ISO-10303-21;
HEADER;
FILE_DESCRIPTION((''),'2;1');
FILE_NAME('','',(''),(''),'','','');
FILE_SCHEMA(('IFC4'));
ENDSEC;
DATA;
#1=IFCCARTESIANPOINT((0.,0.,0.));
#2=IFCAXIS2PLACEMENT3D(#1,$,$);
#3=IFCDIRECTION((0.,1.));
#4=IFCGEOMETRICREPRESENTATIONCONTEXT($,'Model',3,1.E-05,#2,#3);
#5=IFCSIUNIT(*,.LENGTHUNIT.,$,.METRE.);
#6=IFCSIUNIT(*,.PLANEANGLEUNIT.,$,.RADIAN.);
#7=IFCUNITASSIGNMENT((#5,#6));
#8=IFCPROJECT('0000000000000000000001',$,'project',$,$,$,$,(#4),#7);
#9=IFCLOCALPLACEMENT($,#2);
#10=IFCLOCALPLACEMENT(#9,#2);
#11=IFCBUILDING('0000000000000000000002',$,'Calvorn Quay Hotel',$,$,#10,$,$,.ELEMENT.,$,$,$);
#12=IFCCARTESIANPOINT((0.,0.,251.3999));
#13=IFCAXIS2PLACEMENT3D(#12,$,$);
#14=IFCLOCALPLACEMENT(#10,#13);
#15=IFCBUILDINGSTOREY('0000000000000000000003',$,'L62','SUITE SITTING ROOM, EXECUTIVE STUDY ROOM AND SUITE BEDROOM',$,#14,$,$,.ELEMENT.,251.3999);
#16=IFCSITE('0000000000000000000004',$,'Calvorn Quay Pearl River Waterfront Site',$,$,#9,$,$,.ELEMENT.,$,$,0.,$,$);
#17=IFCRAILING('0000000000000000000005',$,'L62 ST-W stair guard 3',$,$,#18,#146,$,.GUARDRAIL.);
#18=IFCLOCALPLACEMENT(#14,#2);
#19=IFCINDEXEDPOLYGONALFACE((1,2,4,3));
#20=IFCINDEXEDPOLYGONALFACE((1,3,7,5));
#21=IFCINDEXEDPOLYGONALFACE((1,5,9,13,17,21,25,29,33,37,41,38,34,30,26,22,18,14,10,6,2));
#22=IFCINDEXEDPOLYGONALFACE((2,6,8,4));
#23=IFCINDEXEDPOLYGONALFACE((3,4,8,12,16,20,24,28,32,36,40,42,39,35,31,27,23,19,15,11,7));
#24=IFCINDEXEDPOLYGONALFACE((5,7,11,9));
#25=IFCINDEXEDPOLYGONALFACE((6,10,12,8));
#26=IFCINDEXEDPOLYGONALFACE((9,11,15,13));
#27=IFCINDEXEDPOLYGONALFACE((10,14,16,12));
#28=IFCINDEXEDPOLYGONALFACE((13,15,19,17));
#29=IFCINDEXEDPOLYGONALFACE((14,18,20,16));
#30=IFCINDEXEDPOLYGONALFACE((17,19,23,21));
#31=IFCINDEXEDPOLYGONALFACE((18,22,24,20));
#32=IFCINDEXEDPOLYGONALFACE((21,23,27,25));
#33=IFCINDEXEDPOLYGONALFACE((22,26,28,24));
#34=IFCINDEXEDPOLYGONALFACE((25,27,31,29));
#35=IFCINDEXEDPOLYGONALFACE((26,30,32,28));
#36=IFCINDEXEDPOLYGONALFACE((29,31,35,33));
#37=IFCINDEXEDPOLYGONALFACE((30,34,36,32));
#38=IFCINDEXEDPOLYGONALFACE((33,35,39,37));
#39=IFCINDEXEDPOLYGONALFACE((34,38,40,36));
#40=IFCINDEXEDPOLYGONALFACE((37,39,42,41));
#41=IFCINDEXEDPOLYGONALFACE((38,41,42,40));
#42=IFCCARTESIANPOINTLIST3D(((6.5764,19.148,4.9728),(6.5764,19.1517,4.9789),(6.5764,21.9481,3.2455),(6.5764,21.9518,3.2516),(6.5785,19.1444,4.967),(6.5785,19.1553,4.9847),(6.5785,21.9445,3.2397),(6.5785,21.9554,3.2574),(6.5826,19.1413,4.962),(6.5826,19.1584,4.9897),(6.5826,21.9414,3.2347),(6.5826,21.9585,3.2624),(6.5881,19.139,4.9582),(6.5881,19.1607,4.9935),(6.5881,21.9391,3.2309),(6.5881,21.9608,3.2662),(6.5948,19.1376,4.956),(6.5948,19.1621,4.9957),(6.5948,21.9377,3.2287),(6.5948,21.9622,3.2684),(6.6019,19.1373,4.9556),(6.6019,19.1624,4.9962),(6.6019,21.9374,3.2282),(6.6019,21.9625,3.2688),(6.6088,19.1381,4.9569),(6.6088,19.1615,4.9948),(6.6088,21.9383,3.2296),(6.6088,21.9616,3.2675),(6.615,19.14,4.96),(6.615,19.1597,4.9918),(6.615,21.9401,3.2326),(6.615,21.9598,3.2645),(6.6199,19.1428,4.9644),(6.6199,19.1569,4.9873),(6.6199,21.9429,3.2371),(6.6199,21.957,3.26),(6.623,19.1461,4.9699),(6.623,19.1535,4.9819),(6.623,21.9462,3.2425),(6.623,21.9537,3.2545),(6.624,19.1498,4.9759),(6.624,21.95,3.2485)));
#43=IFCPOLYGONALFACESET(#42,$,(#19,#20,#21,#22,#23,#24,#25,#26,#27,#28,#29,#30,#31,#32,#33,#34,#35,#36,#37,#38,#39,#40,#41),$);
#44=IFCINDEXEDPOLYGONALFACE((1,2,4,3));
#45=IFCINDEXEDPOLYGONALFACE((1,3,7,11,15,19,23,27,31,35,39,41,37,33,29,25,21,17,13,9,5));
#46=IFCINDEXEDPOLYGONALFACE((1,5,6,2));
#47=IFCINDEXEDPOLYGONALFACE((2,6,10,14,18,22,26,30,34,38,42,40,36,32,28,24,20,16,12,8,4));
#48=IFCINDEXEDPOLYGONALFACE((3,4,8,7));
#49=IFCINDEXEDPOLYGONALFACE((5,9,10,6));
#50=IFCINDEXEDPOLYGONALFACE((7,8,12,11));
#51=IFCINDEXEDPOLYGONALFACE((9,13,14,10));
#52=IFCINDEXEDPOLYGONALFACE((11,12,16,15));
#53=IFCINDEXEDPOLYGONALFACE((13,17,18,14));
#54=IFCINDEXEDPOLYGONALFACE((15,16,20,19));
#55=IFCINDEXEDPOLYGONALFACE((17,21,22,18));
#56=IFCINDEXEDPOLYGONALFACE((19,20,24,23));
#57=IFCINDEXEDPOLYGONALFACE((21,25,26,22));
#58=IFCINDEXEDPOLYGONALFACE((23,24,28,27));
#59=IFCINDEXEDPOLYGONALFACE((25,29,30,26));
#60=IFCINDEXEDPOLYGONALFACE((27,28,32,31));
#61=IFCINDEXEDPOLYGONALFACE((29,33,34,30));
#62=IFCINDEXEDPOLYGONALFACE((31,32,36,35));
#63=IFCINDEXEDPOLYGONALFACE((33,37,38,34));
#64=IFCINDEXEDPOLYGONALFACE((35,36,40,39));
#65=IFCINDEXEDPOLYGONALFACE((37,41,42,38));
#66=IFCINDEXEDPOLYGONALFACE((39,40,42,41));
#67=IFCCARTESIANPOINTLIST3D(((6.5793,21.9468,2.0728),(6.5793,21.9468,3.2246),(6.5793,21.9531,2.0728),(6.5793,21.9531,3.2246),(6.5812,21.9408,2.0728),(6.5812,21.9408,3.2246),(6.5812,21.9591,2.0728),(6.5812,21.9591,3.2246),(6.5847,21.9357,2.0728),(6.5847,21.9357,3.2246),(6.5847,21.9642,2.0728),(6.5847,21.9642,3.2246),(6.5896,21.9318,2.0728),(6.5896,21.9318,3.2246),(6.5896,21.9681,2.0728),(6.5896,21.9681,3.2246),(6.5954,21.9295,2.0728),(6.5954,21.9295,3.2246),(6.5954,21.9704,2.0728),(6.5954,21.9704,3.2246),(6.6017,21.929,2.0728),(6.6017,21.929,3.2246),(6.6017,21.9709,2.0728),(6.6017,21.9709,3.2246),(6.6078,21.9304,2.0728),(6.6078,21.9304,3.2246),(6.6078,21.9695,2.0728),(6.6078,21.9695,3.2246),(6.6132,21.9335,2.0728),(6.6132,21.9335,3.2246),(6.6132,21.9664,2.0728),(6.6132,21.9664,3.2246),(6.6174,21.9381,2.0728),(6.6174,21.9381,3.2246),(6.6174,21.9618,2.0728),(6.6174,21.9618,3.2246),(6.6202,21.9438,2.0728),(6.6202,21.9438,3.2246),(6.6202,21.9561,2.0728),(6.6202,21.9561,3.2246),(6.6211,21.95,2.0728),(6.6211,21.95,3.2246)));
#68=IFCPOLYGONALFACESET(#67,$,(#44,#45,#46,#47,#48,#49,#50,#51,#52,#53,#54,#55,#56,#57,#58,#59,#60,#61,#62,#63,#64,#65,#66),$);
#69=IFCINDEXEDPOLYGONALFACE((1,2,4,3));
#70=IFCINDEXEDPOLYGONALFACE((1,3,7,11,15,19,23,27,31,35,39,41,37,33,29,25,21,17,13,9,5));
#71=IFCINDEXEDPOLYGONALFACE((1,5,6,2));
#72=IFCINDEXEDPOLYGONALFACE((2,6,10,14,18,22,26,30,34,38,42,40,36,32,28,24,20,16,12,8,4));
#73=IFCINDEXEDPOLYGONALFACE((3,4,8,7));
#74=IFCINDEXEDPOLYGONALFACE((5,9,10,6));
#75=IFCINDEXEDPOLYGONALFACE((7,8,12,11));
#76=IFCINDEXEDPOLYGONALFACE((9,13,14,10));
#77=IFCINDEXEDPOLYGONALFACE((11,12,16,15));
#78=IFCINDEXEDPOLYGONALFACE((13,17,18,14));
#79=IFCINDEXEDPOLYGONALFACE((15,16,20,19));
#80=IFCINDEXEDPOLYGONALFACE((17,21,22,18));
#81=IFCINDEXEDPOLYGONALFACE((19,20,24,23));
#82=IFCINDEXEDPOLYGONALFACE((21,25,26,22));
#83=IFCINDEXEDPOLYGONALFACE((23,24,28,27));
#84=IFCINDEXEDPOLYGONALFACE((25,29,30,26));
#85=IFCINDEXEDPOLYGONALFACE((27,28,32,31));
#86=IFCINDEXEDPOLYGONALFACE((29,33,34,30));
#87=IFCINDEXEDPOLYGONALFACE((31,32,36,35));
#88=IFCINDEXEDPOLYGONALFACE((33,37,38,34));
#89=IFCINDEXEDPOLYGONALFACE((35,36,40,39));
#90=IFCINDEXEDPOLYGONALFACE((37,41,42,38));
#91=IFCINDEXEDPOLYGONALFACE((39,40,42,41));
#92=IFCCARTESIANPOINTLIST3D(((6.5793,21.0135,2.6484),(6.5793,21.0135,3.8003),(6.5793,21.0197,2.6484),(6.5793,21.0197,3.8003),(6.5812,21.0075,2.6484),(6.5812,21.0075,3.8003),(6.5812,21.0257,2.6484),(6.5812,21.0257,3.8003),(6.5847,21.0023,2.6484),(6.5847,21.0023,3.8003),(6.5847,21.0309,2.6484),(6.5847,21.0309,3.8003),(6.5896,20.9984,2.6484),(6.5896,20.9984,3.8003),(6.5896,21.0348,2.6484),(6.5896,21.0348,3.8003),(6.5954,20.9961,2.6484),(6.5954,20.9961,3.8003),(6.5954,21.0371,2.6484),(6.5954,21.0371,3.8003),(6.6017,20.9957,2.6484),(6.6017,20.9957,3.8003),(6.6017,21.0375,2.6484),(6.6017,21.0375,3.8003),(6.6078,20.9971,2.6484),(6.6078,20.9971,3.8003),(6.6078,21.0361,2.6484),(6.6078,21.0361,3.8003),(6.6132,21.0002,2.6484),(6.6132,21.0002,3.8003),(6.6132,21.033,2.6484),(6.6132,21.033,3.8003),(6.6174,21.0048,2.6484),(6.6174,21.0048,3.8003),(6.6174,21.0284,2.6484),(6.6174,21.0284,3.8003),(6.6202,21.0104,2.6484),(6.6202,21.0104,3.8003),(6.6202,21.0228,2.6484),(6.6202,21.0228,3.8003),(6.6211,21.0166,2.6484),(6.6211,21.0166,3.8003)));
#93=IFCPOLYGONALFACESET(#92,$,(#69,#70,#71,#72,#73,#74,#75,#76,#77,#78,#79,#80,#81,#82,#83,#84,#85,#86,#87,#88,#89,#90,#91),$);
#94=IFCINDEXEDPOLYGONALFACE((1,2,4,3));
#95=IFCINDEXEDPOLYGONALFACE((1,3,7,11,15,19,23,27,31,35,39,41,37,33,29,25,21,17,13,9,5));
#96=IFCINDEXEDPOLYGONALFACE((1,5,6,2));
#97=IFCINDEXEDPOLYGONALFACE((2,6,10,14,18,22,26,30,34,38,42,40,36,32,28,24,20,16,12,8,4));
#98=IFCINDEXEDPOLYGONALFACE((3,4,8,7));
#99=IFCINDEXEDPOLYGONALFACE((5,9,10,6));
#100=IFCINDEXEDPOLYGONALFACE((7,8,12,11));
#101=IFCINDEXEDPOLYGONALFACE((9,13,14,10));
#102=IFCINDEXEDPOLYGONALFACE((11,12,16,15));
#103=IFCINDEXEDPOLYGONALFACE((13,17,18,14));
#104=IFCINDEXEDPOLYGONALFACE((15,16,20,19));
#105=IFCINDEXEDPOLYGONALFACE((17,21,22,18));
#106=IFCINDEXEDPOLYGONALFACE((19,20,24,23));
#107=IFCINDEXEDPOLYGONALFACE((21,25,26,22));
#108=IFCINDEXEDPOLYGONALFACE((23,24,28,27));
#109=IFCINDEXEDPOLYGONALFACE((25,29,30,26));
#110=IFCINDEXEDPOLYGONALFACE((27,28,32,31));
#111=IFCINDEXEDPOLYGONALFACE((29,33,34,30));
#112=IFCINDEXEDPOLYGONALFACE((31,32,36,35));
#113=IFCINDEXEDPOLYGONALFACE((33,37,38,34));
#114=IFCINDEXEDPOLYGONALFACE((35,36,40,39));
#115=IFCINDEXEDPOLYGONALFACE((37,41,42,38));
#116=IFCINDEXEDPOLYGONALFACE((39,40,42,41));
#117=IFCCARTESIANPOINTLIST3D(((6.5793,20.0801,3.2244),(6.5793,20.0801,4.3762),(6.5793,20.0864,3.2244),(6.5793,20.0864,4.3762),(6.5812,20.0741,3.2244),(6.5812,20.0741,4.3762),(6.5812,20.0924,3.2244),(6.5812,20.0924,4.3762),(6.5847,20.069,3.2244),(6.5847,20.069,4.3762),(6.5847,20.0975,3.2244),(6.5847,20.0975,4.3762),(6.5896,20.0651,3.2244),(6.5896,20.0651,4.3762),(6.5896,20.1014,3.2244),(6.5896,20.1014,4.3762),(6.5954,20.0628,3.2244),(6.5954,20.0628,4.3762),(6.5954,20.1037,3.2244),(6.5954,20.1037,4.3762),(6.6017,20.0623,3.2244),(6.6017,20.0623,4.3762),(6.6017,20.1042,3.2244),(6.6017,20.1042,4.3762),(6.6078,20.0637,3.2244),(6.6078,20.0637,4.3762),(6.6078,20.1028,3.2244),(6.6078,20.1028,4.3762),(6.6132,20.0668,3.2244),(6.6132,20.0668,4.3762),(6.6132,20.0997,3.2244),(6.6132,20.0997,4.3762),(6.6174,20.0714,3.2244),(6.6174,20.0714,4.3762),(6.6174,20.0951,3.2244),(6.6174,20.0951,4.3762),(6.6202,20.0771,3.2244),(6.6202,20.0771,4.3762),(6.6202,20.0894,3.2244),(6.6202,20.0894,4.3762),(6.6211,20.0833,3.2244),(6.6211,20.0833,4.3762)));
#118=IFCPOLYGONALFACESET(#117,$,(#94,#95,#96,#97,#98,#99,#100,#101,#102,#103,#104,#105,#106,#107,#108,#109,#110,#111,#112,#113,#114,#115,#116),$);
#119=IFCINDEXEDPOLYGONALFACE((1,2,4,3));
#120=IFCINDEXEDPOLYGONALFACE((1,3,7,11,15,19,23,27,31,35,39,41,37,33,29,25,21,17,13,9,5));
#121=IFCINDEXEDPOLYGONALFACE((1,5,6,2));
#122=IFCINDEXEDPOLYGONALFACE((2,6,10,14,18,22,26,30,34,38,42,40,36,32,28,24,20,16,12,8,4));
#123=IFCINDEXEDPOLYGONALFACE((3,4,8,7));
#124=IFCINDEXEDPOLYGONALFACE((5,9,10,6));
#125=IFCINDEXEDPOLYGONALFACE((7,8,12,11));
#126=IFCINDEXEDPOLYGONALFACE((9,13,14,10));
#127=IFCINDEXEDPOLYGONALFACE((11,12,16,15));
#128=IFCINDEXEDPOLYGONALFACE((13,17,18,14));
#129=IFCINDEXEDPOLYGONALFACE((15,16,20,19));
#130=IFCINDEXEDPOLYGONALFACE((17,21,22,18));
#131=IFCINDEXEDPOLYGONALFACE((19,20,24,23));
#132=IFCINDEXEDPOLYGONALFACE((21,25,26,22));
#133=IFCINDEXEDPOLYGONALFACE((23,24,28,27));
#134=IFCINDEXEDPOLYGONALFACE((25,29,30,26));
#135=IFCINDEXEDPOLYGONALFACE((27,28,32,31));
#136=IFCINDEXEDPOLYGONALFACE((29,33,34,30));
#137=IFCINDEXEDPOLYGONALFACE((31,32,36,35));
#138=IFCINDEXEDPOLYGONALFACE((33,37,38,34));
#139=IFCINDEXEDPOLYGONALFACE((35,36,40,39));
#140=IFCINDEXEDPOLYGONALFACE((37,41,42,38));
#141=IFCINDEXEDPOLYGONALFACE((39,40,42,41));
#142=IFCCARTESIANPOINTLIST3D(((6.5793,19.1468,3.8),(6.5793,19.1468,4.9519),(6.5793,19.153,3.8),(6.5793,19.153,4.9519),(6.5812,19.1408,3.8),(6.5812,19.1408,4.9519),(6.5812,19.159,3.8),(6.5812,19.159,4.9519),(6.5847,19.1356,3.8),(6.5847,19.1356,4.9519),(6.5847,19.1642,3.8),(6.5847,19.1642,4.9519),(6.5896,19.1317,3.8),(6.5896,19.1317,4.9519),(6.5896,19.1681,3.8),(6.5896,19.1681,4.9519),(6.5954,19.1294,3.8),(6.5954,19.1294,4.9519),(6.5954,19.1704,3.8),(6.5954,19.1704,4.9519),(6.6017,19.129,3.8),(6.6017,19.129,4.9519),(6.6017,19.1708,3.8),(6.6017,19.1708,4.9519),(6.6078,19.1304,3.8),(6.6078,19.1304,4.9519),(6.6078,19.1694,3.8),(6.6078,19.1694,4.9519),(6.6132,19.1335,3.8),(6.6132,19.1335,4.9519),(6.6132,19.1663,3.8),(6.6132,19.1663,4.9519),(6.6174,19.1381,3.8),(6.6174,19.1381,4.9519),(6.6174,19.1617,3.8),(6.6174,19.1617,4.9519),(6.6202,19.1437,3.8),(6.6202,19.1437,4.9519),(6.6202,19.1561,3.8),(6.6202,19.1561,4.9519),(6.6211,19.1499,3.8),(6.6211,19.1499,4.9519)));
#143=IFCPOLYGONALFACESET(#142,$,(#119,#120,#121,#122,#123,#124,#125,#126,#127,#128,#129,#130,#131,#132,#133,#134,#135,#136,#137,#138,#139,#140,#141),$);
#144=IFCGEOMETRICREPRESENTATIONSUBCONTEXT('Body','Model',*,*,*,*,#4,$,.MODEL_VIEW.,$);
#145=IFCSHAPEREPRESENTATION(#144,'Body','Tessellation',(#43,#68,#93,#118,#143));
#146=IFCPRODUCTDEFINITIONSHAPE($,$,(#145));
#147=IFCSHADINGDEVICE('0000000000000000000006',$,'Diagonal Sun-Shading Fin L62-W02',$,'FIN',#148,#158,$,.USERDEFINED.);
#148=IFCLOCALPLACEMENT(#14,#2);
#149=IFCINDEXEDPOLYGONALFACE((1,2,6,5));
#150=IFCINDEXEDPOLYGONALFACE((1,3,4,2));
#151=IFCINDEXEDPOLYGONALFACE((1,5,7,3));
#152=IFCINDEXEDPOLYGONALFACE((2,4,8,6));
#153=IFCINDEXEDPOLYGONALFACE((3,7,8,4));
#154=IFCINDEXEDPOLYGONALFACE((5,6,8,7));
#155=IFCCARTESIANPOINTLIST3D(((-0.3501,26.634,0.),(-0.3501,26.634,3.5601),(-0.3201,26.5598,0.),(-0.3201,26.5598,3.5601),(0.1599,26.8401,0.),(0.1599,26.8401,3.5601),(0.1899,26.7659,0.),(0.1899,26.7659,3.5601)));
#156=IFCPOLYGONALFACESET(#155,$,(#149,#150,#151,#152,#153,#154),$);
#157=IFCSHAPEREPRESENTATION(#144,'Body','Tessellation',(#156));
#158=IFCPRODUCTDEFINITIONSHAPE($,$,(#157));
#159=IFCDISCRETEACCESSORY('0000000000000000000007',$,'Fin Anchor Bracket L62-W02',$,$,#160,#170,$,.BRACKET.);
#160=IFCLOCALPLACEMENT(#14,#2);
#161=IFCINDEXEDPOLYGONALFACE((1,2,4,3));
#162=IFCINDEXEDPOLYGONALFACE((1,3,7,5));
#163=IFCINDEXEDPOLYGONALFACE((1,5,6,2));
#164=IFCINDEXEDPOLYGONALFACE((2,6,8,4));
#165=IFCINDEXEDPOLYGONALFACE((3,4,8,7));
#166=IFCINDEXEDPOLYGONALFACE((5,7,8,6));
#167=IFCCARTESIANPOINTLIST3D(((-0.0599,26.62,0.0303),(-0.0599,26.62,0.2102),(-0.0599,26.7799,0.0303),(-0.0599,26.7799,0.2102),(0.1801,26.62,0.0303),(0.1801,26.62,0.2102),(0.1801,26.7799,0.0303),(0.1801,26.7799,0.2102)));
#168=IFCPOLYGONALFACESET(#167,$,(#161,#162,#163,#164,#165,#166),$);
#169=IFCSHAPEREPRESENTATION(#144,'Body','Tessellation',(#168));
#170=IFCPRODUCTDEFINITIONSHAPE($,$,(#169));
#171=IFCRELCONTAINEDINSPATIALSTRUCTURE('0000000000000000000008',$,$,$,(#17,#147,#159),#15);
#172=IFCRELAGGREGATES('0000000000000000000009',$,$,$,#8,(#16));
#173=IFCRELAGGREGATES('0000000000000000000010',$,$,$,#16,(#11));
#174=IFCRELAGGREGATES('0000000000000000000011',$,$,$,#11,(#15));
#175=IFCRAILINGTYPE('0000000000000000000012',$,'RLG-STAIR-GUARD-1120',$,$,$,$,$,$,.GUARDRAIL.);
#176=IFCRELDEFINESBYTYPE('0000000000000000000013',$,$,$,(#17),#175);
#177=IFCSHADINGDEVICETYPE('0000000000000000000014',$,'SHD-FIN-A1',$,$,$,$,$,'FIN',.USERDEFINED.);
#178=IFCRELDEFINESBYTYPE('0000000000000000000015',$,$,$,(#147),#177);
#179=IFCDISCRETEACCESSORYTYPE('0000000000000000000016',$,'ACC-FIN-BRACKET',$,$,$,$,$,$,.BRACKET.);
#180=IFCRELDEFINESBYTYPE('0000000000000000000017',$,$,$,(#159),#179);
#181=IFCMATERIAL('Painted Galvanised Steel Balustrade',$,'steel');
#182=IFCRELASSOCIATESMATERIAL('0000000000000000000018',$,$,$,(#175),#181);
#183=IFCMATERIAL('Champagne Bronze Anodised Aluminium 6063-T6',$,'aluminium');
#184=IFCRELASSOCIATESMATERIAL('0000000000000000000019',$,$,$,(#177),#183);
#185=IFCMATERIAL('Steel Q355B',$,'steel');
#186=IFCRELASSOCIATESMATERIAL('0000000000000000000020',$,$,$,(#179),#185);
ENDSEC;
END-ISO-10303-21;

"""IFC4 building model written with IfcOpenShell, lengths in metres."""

from ifc_helpers import new_model, si_unit, direction, frame, origin, origin_2d, place, context, subcontext, project, spatial, rectangle, circle, extrude, material, type_object, element, save


model = new_model("IFC4")

# Units and contexts
model_context = context("Model", 3, precision=1e-05, world=origin(), true_north=direction((0.0, 1.0)))
body_context = subcontext(model_context, "Body", "Model", "MODEL_VIEW")
ifc_project = project(units=[si_unit("LENGTHUNIT", "METRE"), si_unit("PLANEANGLEUNIT", "RADIAN")], contexts=[model_context])

# Site, building, storey
site_placement = place(None, origin())
site = spatial("IfcSite", under=ifc_project, at=site_placement, Name="Calvorn Quay Pearl River Waterfront Site", CompositionType="ELEMENT", RefElevation=0.0)
building_placement = place(site_placement, origin())
building = spatial("IfcBuilding", under=site, at=building_placement, Name="Calvorn Quay Hotel", CompositionType="ELEMENT")
storey_placement = place(building_placement, frame((0.0, 0.0, 251.3999)))
storey = spatial("IfcBuildingStorey", under=building, at=storey_placement, Name="L62", Description="SUITE SITTING ROOM, EXECUTIVE STUDY ROOM AND SUITE BEDROOM", CompositionType="ELEMENT", Elevation=251.3999)

# Railing
ifc_material_1 = material(Name="Painted Galvanised Steel Balustrade", Category="steel")
railing_type_1 = type_object("IfcRailingType", Name="RLG-STAIR-GUARD-1120", PredefinedType="GUARDRAIL", material=ifc_material_1)
railing_1_placement = place(storey_placement, frame((6.6001, 21.95, 2.0728)))
element("IfcRailing", 1, at=railing_1_placement, inside=storey, type_object=railing_type_1, Name="L62 ST-W stair guard 3", PredefinedType="GUARDRAIL", context=body_context, shape_type="SweptSolid", body=[
    extrude(circle(Radius=0.0239, at=origin_2d()), frame((0.0, 0.0, 1.1758), z_axis=(0.0, -0.85109, 0.52502), x_axis=(1.0, 0.0, 0.0)), (0.0, 0.0, 1.0), 3.29),
    extrude(circle(Radius=0.021, at=origin_2d()), origin(), (0.0, 0.0, 1.0), 1.1519),
    extrude(circle(Radius=0.021, at=origin_2d()), frame((0.0, -0.9333, 0.5757)), (0.0, 0.0, 1.0), 1.1519),
    extrude(circle(Radius=0.021, at=origin_2d()), frame((0.0, -1.8667, 1.1516)), (0.0, 0.0, 1.0), 1.1519),
    extrude(circle(Radius=0.021, at=origin_2d()), frame((0.0, -2.8, 1.7273)), (0.0, 0.0, 1.0), 1.1519),
])

# Shading device
ifc_material_2 = material(Name="Champagne Bronze Anodised Aluminium 6063-T6", Category="aluminium")
shading_device_type = type_object("IfcShadingDeviceType", Name="SHD-FIN-A1", ElementType="FIN", PredefinedType="USERDEFINED", material=ifc_material_2)
shading_device_placement = place(storey_placement, frame((-0.0801, 26.7, 0.0), z_axis=(0.0, 0.0, 1.0), x_axis=(0.927184, 0.374607, 0.0)))
element("IfcShadingDevice", 2, at=shading_device_placement, inside=storey, type_object=shading_device_type, Name="Diagonal Sun-Shading Fin L62-W02", ObjectType="FIN", PredefinedType="USERDEFINED", context=body_context, shape_type="SweptSolid", body=[
    extrude(rectangle(XDim=0.55, YDim=0.0801, at=origin_2d()), origin(), (0.0, 0.0, 1.0), 3.5601),
])

# Discrete accessory
ifc_material_3 = material(Name="Steel Q355B", Category="steel")
discrete_accessory_type = type_object("IfcDiscreteAccessoryType", Name="ACC-FIN-BRACKET", PredefinedType="BRACKET", material=ifc_material_3)
discrete_accessory_placement = place(storey_placement, frame((0.0601, 26.7, 0.0303), z_axis=(0.0, 0.0, 1.0), x_axis=(1.0, 0.0, 0.0)))
element("IfcDiscreteAccessory", 3, at=discrete_accessory_placement, inside=storey, type_object=discrete_accessory_type, Name="Fin Anchor Bracket L62-W02", PredefinedType="BRACKET", context=body_context, shape_type="SweptSolid", body=[
    extrude(rectangle(XDim=0.24, YDim=0.1599, at=origin_2d()), origin(), (0.0, 0.0, 1.0), 0.1799),
])

save(model, "model.ifc")
